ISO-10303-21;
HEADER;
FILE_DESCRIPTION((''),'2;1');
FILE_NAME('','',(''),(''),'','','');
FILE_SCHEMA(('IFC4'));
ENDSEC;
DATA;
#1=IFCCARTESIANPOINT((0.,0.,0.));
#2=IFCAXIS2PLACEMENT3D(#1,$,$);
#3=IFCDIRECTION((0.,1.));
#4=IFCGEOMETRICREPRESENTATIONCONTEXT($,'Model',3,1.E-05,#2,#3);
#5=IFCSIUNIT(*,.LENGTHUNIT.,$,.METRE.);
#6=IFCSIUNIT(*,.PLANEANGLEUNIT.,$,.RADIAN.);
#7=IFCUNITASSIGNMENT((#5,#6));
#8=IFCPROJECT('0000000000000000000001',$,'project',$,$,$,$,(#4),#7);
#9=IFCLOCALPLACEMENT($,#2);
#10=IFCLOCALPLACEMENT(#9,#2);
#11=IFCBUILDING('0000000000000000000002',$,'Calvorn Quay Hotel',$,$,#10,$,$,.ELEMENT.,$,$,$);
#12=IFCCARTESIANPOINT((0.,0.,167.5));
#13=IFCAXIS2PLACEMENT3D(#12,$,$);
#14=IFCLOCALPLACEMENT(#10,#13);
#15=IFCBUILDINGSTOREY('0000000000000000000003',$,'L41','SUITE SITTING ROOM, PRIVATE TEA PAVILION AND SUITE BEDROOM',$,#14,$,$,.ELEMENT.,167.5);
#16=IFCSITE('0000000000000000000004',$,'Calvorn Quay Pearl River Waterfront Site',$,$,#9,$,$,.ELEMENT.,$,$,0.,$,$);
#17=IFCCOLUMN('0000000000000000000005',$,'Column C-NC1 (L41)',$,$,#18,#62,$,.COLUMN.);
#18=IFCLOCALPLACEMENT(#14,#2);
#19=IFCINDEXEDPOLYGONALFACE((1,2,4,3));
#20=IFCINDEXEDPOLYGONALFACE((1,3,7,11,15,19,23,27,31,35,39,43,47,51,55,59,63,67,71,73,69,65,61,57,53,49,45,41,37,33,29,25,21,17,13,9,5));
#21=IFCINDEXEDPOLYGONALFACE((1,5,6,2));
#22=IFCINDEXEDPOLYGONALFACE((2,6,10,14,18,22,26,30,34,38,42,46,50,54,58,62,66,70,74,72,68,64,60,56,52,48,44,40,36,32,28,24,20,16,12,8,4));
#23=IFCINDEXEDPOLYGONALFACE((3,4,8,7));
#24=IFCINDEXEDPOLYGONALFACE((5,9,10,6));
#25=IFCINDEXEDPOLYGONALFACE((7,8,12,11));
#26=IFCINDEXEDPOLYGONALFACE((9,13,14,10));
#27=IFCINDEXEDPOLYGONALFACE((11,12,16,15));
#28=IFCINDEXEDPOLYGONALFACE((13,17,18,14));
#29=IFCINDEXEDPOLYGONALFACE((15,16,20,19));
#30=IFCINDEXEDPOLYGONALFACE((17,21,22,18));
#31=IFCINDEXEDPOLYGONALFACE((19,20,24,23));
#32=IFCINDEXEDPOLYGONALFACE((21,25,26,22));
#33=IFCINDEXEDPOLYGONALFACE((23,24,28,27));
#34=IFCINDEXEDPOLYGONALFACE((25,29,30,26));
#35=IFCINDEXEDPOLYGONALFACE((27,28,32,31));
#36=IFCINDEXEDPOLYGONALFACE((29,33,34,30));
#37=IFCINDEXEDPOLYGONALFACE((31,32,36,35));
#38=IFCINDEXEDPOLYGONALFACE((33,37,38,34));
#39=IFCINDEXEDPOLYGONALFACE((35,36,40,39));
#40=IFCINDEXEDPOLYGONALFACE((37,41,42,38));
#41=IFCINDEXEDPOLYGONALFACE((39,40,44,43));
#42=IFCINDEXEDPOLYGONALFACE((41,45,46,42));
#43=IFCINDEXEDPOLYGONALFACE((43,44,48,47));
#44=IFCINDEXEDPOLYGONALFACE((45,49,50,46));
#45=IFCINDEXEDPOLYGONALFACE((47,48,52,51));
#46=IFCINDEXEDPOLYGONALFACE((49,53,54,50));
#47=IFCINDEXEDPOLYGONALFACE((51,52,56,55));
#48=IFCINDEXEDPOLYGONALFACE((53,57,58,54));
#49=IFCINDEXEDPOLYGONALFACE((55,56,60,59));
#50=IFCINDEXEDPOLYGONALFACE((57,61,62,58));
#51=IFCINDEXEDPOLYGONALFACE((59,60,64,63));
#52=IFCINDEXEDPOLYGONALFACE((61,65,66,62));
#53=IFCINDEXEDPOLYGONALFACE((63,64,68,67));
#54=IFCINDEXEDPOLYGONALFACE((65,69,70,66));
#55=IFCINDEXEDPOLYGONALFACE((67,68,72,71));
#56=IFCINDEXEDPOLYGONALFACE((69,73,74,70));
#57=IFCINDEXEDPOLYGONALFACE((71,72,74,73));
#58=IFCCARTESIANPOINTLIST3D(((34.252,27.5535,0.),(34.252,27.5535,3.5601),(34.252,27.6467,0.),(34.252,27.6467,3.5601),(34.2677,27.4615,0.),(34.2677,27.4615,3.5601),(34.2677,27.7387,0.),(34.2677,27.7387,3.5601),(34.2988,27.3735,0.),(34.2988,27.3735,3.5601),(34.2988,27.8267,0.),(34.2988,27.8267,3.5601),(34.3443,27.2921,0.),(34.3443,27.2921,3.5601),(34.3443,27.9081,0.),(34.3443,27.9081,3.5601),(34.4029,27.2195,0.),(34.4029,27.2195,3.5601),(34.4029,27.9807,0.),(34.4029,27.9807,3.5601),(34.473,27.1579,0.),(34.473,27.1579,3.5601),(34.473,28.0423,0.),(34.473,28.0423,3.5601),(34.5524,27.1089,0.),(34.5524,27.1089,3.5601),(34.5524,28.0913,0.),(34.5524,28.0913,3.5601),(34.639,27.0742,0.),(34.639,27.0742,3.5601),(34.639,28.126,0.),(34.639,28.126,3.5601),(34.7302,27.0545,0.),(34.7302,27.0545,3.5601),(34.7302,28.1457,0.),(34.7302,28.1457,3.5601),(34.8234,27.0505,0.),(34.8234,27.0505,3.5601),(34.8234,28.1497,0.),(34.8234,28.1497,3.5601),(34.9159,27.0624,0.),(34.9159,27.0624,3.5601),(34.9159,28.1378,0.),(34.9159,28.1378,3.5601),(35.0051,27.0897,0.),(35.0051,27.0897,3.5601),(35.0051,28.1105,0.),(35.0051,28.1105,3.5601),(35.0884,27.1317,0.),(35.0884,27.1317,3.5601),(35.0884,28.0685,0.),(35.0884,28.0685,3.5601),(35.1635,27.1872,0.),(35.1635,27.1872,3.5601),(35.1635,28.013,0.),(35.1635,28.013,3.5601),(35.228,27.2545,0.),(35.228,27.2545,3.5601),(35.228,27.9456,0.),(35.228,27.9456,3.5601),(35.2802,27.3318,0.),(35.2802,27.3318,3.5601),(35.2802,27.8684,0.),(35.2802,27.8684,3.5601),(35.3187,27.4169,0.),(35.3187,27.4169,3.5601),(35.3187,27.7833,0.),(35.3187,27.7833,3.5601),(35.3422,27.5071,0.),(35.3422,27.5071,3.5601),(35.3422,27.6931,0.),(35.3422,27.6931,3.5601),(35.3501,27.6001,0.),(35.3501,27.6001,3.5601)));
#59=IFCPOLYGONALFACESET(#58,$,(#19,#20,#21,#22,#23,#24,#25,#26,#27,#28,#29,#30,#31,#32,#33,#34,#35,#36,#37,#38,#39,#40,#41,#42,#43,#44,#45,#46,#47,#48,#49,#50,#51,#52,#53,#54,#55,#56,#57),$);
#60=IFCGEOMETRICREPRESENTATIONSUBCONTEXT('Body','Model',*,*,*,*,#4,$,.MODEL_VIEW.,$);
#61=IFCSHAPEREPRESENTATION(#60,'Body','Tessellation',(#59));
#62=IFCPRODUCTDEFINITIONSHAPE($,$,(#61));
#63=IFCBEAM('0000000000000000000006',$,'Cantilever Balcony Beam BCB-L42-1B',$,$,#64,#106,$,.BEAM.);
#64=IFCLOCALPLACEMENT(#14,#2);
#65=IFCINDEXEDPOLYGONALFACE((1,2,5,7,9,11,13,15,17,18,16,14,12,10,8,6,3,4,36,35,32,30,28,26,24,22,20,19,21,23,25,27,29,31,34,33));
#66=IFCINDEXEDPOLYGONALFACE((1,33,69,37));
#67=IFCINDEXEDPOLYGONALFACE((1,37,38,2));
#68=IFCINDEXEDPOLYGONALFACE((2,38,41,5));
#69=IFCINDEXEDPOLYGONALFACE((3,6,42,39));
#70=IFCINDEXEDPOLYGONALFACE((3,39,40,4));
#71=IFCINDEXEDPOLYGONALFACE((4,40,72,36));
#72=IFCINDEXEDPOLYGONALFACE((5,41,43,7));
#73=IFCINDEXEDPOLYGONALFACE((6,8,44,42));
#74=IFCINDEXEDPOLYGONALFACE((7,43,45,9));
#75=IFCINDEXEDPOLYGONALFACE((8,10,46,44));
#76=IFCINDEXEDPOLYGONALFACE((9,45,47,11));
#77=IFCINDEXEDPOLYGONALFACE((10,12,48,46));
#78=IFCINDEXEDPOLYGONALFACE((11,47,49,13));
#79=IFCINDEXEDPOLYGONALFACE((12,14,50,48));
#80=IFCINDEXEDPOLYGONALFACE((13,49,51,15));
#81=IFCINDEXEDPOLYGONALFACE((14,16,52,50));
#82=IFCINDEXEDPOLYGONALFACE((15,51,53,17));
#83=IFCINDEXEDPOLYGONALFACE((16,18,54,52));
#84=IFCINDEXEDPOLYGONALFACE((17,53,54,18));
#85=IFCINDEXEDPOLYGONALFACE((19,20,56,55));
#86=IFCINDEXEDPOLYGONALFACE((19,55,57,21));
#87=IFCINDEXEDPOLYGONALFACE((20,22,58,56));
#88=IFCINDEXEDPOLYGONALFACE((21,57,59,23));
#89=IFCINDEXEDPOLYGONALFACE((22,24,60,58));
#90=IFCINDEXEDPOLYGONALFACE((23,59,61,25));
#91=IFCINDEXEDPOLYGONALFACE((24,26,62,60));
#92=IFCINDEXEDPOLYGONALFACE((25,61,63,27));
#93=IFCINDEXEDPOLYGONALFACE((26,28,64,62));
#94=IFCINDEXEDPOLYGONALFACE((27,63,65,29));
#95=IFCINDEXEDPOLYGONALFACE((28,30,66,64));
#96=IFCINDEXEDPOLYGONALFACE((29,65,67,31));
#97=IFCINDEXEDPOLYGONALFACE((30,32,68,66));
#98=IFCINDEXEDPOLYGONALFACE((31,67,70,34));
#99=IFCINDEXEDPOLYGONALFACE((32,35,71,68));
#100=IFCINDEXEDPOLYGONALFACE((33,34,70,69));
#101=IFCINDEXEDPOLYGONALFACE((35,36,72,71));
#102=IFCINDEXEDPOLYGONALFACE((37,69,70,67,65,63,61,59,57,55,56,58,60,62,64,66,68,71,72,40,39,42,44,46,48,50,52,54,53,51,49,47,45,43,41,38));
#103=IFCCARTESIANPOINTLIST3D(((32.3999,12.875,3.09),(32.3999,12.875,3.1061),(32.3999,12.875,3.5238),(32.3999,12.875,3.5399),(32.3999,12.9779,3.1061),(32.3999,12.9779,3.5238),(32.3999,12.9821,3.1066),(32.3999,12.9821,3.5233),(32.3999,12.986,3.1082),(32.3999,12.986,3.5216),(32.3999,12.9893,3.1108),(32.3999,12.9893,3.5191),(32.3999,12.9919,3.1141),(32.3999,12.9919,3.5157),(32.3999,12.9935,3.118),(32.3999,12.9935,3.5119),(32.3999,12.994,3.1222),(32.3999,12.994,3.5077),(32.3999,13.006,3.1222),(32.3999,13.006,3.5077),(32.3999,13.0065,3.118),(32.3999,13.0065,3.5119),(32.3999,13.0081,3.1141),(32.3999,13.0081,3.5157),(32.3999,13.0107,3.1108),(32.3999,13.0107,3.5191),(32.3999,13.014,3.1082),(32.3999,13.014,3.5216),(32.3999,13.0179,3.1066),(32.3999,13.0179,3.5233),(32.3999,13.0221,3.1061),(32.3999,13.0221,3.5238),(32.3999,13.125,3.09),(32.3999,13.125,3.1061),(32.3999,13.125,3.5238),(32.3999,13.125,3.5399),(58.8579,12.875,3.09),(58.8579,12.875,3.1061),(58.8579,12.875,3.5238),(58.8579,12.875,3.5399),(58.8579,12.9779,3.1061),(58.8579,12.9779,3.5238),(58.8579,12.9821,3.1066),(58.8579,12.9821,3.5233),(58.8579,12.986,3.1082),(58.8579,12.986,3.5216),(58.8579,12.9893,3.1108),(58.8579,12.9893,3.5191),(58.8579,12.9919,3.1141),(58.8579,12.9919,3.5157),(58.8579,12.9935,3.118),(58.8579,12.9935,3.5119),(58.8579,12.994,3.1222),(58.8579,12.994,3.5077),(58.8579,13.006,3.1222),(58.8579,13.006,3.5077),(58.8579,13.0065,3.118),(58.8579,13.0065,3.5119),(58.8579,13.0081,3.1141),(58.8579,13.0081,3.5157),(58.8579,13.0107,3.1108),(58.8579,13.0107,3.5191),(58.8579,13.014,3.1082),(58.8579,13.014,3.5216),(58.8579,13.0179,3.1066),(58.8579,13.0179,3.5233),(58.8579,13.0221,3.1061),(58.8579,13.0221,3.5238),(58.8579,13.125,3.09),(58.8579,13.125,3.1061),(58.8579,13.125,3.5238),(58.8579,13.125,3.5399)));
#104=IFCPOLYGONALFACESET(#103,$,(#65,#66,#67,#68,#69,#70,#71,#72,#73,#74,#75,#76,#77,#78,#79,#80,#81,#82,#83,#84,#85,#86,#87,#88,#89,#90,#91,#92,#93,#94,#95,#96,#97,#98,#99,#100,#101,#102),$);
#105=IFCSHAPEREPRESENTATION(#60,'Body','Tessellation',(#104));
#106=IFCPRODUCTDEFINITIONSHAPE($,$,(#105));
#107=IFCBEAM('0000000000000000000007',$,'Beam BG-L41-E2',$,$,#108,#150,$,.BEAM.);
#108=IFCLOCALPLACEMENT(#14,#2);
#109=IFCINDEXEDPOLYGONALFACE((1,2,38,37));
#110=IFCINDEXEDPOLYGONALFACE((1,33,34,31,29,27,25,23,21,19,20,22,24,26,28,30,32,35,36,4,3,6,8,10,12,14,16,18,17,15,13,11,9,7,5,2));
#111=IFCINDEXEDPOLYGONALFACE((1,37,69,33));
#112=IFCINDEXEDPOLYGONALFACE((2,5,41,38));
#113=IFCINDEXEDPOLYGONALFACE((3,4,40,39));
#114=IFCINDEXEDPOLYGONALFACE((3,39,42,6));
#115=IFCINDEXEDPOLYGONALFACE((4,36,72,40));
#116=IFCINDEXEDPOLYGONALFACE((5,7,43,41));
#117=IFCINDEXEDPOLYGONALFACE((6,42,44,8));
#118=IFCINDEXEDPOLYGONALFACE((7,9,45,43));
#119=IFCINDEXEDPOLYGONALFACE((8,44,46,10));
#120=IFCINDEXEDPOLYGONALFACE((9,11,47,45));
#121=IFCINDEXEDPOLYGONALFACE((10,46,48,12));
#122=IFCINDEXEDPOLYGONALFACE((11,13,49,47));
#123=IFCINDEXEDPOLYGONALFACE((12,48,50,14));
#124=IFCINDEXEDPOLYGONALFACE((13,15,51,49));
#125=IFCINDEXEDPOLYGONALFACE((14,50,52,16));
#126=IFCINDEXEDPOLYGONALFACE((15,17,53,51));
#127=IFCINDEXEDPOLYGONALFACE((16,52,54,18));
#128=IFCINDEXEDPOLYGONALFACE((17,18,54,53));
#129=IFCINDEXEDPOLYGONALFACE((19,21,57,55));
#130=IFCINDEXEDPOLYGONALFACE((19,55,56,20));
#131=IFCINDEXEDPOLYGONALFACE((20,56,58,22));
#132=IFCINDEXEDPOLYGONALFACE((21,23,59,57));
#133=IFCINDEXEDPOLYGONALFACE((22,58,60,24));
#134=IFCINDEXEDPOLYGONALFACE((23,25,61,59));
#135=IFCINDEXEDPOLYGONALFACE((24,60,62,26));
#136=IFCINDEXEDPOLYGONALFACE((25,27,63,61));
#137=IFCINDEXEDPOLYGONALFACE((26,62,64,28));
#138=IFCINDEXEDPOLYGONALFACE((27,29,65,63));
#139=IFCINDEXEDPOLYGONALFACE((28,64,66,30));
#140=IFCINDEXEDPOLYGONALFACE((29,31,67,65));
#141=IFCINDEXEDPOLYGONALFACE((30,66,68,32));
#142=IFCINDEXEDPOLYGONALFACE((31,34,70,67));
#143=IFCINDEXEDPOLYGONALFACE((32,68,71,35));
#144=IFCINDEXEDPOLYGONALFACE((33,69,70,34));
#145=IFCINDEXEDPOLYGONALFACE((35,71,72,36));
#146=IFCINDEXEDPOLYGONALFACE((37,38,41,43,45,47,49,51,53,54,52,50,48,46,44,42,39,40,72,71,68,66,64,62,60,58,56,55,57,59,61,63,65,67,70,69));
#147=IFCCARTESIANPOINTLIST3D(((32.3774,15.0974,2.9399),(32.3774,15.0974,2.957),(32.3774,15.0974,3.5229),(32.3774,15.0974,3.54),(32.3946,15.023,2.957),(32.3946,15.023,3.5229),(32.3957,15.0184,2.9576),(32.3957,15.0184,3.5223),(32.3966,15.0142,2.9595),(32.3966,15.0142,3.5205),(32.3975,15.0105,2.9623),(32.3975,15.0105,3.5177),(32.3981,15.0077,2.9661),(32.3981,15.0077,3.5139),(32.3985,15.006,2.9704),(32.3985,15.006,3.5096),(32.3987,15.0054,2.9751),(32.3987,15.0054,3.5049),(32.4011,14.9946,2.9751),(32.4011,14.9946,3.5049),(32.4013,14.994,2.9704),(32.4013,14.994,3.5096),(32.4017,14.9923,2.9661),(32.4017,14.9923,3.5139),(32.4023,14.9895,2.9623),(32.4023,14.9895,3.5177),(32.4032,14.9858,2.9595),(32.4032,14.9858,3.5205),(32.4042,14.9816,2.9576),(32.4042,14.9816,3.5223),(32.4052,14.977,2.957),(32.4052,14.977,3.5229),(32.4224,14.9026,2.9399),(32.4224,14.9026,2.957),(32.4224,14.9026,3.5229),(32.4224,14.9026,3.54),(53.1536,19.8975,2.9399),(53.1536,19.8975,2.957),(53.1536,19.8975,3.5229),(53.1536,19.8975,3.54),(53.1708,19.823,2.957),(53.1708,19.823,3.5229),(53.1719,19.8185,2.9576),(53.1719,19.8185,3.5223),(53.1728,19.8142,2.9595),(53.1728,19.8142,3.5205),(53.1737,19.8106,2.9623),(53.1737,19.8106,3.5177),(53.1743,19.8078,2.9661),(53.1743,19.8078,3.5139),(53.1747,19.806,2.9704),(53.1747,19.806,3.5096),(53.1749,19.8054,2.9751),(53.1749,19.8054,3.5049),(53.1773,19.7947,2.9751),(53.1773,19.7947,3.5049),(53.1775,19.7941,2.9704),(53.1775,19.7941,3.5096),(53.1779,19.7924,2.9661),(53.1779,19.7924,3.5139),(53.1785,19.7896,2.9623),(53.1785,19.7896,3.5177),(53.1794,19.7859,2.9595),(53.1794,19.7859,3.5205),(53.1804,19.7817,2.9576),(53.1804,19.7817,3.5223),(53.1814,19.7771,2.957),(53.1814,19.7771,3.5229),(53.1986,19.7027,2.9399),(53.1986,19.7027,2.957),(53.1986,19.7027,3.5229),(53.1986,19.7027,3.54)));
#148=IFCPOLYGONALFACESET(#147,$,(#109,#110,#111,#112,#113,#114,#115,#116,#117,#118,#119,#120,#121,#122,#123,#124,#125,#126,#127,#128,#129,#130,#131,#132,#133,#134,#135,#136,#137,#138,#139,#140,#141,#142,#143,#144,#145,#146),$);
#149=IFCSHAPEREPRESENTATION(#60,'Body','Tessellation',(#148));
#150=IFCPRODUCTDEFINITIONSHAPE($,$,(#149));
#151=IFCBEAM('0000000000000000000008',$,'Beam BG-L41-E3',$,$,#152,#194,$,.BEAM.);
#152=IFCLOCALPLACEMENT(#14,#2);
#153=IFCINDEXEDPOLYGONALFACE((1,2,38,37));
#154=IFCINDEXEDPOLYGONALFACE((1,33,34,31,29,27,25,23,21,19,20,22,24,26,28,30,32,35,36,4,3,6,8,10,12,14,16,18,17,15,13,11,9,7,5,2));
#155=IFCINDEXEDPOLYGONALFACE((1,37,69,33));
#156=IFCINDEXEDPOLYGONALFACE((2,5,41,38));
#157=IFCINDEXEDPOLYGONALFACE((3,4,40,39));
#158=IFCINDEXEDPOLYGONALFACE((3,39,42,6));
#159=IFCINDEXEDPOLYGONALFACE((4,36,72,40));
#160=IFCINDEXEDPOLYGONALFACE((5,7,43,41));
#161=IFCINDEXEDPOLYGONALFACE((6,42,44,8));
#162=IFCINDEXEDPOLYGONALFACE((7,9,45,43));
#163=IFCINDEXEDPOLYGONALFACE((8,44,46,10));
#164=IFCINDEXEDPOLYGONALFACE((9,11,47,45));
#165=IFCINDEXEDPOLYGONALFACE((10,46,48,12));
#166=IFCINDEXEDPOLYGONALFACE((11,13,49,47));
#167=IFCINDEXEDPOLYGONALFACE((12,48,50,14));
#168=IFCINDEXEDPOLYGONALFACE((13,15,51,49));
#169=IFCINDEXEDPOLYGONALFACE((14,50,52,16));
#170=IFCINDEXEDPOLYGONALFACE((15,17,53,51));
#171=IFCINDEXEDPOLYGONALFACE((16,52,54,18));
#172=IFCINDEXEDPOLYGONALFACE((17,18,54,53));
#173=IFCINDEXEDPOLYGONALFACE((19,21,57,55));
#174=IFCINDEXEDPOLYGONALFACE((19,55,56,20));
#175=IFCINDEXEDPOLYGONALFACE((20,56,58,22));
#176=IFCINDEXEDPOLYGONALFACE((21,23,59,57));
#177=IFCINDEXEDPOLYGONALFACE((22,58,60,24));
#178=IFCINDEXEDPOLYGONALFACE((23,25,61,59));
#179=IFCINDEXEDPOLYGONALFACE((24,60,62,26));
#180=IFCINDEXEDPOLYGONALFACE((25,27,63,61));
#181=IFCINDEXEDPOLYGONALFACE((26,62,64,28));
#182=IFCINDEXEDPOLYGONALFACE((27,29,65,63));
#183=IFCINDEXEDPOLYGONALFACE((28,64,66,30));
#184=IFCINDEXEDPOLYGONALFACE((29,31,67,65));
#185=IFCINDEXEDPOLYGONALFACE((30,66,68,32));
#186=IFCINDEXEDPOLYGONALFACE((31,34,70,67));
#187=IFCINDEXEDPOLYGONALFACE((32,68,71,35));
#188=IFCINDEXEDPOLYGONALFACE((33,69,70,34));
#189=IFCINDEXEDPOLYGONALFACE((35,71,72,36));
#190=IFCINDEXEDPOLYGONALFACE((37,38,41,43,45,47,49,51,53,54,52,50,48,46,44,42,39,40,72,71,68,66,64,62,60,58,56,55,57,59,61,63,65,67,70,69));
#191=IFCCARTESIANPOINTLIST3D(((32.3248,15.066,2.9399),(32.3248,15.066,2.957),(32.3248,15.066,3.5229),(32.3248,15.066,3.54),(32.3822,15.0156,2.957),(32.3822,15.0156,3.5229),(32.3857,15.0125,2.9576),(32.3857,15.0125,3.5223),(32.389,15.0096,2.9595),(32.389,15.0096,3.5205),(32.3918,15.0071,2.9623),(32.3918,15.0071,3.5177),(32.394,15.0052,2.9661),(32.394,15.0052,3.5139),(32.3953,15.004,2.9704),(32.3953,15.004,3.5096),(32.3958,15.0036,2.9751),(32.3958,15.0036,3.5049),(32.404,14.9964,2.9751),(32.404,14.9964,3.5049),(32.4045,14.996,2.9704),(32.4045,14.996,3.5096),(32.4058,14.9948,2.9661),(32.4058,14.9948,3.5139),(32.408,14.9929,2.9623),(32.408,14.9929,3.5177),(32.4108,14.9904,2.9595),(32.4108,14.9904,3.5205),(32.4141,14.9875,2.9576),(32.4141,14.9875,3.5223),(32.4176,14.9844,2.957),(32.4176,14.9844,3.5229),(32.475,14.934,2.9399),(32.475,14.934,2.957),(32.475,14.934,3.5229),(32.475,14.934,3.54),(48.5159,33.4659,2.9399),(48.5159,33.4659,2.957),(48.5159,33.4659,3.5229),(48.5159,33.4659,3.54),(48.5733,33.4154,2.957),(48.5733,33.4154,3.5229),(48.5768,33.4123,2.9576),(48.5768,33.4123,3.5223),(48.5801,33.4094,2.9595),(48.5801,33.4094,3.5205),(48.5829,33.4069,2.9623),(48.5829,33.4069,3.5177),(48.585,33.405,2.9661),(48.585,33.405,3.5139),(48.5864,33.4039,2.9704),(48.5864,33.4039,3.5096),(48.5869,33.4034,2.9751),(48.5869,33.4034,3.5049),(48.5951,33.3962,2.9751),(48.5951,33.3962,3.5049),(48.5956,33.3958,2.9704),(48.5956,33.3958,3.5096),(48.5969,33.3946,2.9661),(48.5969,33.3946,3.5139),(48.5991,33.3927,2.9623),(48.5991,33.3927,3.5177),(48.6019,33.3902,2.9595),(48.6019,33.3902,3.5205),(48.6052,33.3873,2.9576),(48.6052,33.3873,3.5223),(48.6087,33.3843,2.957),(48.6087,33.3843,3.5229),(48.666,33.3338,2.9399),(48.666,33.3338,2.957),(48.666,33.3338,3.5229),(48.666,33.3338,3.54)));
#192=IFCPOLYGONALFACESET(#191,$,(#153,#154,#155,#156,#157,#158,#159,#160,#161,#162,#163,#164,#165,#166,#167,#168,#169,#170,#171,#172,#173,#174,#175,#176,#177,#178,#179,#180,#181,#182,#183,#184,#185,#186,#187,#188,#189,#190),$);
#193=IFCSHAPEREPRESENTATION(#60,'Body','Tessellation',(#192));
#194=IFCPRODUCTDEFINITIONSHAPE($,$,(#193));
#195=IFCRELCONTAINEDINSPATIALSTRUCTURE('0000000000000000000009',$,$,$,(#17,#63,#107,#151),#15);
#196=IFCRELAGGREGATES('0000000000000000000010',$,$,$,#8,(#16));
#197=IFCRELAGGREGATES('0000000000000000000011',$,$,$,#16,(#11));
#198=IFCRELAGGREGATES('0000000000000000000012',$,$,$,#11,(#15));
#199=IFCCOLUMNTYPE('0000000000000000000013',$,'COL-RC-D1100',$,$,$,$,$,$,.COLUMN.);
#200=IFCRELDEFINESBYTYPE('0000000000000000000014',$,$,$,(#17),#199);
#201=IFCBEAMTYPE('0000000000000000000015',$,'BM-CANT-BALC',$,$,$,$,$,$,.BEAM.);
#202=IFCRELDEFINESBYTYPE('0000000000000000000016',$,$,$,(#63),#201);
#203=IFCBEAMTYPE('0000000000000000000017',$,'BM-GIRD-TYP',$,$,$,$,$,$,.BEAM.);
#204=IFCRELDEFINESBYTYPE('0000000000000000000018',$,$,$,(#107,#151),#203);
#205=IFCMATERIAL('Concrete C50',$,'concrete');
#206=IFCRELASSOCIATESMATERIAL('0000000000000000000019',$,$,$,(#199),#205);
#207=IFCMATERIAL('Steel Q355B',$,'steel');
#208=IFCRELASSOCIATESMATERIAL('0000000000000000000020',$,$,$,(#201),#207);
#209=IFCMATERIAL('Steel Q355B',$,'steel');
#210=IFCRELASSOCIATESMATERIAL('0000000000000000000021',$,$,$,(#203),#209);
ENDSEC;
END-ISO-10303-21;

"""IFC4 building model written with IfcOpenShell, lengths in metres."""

from ifc_helpers import new_model, si_unit, direction, frame, origin, origin_2d, place, context, subcontext, project, spatial, circle, i_section, extrude, material, material_profile, profile_set, type_object, element, save


model = new_model("IFC4")

# Units and contexts
model_context = context("Model", 3, precision=1e-05, world=origin(), true_north=direction((0.0, 1.0)))
body_context = subcontext(model_context, "Body", "Model", "MODEL_VIEW")
ifc_project = project(units=[si_unit("LENGTHUNIT", "METRE"), si_unit("PLANEANGLEUNIT", "RADIAN")], contexts=[model_context])

# Site, building, storey
site_placement = place(None, origin())
site = spatial("IfcSite", under=ifc_project, at=site_placement, Name="Calvorn Quay Pearl River Waterfront Site", CompositionType="ELEMENT", RefElevation=0.0)
building_placement = place(site_placement, origin())
building = spatial("IfcBuilding", under=site, at=building_placement, Name="Calvorn Quay Hotel", CompositionType="ELEMENT")
storey_placement = place(building_placement, frame((0.0, 0.0, 167.5)))
storey = spatial("IfcBuildingStorey", under=building, at=storey_placement, Name="L41", Description="SUITE SITTING ROOM, PRIVATE TEA PAVILION AND SUITE BEDROOM", CompositionType="ELEMENT", Elevation=167.5)

# Column
ifc_material_1 = material(Name="Concrete C50", Category="concrete")
ifc_material_profile_1 = material_profile(ifc_material_1, circle(Radius=0.55, at=origin_2d()), Name="RCD1100")
ifc_profile_set_1 = profile_set([ifc_material_profile_1], Name="Concrete C50")
column_type = type_object("IfcColumnType", Name="COL-RC-D1100", PredefinedType="COLUMN", material=ifc_profile_set_1)
column_placement = place(storey_placement, frame((34.8, 27.6001, 0.0), z_axis=(0.0, 0.0, 1.0), x_axis=(1.0, 0.0, 0.0)))
element("IfcColumn", 1, at=column_placement, inside=storey, type_object=column_type, Name="Column C-NC1 (L41)", PredefinedType="COLUMN", context=body_context, shape_type="SweptSolid", body=[
    extrude(circle(Radius=0.55, at=origin_2d()), origin(), (0.0, 0.0, 1.0), 3.5601),
])

# Beams
ifc_material_2 = material(Name="Steel Q355B", Category="steel")
ifc_material_profile_2 = material_profile(ifc_material_2, i_section(OverallWidth=0.25, OverallDepth=0.45, WebThickness=0.012, FlangeThickness=0.0161, FilletRadius=0.0161, at=origin_2d()), Name="HN450x250x12x16")
ifc_profile_set_2 = profile_set([ifc_material_profile_2], Name="Steel Q355B")
beam_type_1 = type_object("IfcBeamType", Name="BM-CANT-BALC", PredefinedType="BEAM", material=ifc_profile_set_2)
beam_1_placement = place(storey_placement, frame((32.3999, 13.0, 3.3149), z_axis=(1.0, 0.0, 0.0), x_axis=(0.0, 1.0, 0.0)))
element("IfcBeam", 2, at=beam_1_placement, inside=storey, type_object=beam_type_1, Name="Cantilever Balcony Beam BCB-L42-1B", PredefinedType="BEAM", context=body_context, shape_type="SweptSolid", body=[
    extrude(i_section(OverallWidth=0.25, OverallDepth=0.45, WebThickness=0.012, FlangeThickness=0.0161, FilletRadius=0.0161, at=origin_2d()), origin(), (0.0, 0.0, 1.0), 26.458),
])
ifc_material_3 = material(Name="Steel Q355B", Category="steel")
ifc_material_profile_3 = material_profile(ifc_material_3, i_section(OverallWidth=0.2, OverallDepth=0.6001, WebThickness=0.011, FlangeThickness=0.0171, FilletRadius=0.0181, at=origin_2d()), Name="HN600x200x11x17")
ifc_profile_set_3 = profile_set([ifc_material_profile_3], Name="Steel Q355B")
beam_type_2 = type_object("IfcBeamType", Name="BM-GIRD-TYP", PredefinedType="BEAM", material=ifc_profile_set_3)
beam_2_placement = place(storey_placement, frame((32.3999, 15.0, 3.24), z_axis=(0.974334, 0.225107, 0.0), x_axis=(-0.225107, 0.974334, 0.0)))
element("IfcBeam", 3, at=beam_2_placement, inside=storey, type_object=beam_type_2, Name="Beam BG-L41-E2", PredefinedType="BEAM", context=body_context, shape_type="SweptSolid", body=[
    extrude(i_section(OverallWidth=0.2, OverallDepth=0.6001, WebThickness=0.011, FlangeThickness=0.0171, FilletRadius=0.0181, at=origin_2d()), origin(), (0.0, 0.0, 1.0), 21.3235),
])
beam_3_placement = place(storey_placement, frame((32.3999, 15.0, 3.24), z_axis=(0.660611, 0.750729, 0.0), x_axis=(-0.750729, 0.660611, 0.0)))
element("IfcBeam", 4, at=beam_3_placement, inside=storey, type_object=beam_type_2, Name="Beam BG-L41-E3", PredefinedType="BEAM", context=body_context, shape_type="SweptSolid", body=[
    extrude(i_section(OverallWidth=0.2, OverallDepth=0.6001, WebThickness=0.011, FlangeThickness=0.0171, FilletRadius=0.0181, at=origin_2d()), origin(), (0.0, 0.0, 1.0), 24.5093),
])

save(model, "model.ifc")
